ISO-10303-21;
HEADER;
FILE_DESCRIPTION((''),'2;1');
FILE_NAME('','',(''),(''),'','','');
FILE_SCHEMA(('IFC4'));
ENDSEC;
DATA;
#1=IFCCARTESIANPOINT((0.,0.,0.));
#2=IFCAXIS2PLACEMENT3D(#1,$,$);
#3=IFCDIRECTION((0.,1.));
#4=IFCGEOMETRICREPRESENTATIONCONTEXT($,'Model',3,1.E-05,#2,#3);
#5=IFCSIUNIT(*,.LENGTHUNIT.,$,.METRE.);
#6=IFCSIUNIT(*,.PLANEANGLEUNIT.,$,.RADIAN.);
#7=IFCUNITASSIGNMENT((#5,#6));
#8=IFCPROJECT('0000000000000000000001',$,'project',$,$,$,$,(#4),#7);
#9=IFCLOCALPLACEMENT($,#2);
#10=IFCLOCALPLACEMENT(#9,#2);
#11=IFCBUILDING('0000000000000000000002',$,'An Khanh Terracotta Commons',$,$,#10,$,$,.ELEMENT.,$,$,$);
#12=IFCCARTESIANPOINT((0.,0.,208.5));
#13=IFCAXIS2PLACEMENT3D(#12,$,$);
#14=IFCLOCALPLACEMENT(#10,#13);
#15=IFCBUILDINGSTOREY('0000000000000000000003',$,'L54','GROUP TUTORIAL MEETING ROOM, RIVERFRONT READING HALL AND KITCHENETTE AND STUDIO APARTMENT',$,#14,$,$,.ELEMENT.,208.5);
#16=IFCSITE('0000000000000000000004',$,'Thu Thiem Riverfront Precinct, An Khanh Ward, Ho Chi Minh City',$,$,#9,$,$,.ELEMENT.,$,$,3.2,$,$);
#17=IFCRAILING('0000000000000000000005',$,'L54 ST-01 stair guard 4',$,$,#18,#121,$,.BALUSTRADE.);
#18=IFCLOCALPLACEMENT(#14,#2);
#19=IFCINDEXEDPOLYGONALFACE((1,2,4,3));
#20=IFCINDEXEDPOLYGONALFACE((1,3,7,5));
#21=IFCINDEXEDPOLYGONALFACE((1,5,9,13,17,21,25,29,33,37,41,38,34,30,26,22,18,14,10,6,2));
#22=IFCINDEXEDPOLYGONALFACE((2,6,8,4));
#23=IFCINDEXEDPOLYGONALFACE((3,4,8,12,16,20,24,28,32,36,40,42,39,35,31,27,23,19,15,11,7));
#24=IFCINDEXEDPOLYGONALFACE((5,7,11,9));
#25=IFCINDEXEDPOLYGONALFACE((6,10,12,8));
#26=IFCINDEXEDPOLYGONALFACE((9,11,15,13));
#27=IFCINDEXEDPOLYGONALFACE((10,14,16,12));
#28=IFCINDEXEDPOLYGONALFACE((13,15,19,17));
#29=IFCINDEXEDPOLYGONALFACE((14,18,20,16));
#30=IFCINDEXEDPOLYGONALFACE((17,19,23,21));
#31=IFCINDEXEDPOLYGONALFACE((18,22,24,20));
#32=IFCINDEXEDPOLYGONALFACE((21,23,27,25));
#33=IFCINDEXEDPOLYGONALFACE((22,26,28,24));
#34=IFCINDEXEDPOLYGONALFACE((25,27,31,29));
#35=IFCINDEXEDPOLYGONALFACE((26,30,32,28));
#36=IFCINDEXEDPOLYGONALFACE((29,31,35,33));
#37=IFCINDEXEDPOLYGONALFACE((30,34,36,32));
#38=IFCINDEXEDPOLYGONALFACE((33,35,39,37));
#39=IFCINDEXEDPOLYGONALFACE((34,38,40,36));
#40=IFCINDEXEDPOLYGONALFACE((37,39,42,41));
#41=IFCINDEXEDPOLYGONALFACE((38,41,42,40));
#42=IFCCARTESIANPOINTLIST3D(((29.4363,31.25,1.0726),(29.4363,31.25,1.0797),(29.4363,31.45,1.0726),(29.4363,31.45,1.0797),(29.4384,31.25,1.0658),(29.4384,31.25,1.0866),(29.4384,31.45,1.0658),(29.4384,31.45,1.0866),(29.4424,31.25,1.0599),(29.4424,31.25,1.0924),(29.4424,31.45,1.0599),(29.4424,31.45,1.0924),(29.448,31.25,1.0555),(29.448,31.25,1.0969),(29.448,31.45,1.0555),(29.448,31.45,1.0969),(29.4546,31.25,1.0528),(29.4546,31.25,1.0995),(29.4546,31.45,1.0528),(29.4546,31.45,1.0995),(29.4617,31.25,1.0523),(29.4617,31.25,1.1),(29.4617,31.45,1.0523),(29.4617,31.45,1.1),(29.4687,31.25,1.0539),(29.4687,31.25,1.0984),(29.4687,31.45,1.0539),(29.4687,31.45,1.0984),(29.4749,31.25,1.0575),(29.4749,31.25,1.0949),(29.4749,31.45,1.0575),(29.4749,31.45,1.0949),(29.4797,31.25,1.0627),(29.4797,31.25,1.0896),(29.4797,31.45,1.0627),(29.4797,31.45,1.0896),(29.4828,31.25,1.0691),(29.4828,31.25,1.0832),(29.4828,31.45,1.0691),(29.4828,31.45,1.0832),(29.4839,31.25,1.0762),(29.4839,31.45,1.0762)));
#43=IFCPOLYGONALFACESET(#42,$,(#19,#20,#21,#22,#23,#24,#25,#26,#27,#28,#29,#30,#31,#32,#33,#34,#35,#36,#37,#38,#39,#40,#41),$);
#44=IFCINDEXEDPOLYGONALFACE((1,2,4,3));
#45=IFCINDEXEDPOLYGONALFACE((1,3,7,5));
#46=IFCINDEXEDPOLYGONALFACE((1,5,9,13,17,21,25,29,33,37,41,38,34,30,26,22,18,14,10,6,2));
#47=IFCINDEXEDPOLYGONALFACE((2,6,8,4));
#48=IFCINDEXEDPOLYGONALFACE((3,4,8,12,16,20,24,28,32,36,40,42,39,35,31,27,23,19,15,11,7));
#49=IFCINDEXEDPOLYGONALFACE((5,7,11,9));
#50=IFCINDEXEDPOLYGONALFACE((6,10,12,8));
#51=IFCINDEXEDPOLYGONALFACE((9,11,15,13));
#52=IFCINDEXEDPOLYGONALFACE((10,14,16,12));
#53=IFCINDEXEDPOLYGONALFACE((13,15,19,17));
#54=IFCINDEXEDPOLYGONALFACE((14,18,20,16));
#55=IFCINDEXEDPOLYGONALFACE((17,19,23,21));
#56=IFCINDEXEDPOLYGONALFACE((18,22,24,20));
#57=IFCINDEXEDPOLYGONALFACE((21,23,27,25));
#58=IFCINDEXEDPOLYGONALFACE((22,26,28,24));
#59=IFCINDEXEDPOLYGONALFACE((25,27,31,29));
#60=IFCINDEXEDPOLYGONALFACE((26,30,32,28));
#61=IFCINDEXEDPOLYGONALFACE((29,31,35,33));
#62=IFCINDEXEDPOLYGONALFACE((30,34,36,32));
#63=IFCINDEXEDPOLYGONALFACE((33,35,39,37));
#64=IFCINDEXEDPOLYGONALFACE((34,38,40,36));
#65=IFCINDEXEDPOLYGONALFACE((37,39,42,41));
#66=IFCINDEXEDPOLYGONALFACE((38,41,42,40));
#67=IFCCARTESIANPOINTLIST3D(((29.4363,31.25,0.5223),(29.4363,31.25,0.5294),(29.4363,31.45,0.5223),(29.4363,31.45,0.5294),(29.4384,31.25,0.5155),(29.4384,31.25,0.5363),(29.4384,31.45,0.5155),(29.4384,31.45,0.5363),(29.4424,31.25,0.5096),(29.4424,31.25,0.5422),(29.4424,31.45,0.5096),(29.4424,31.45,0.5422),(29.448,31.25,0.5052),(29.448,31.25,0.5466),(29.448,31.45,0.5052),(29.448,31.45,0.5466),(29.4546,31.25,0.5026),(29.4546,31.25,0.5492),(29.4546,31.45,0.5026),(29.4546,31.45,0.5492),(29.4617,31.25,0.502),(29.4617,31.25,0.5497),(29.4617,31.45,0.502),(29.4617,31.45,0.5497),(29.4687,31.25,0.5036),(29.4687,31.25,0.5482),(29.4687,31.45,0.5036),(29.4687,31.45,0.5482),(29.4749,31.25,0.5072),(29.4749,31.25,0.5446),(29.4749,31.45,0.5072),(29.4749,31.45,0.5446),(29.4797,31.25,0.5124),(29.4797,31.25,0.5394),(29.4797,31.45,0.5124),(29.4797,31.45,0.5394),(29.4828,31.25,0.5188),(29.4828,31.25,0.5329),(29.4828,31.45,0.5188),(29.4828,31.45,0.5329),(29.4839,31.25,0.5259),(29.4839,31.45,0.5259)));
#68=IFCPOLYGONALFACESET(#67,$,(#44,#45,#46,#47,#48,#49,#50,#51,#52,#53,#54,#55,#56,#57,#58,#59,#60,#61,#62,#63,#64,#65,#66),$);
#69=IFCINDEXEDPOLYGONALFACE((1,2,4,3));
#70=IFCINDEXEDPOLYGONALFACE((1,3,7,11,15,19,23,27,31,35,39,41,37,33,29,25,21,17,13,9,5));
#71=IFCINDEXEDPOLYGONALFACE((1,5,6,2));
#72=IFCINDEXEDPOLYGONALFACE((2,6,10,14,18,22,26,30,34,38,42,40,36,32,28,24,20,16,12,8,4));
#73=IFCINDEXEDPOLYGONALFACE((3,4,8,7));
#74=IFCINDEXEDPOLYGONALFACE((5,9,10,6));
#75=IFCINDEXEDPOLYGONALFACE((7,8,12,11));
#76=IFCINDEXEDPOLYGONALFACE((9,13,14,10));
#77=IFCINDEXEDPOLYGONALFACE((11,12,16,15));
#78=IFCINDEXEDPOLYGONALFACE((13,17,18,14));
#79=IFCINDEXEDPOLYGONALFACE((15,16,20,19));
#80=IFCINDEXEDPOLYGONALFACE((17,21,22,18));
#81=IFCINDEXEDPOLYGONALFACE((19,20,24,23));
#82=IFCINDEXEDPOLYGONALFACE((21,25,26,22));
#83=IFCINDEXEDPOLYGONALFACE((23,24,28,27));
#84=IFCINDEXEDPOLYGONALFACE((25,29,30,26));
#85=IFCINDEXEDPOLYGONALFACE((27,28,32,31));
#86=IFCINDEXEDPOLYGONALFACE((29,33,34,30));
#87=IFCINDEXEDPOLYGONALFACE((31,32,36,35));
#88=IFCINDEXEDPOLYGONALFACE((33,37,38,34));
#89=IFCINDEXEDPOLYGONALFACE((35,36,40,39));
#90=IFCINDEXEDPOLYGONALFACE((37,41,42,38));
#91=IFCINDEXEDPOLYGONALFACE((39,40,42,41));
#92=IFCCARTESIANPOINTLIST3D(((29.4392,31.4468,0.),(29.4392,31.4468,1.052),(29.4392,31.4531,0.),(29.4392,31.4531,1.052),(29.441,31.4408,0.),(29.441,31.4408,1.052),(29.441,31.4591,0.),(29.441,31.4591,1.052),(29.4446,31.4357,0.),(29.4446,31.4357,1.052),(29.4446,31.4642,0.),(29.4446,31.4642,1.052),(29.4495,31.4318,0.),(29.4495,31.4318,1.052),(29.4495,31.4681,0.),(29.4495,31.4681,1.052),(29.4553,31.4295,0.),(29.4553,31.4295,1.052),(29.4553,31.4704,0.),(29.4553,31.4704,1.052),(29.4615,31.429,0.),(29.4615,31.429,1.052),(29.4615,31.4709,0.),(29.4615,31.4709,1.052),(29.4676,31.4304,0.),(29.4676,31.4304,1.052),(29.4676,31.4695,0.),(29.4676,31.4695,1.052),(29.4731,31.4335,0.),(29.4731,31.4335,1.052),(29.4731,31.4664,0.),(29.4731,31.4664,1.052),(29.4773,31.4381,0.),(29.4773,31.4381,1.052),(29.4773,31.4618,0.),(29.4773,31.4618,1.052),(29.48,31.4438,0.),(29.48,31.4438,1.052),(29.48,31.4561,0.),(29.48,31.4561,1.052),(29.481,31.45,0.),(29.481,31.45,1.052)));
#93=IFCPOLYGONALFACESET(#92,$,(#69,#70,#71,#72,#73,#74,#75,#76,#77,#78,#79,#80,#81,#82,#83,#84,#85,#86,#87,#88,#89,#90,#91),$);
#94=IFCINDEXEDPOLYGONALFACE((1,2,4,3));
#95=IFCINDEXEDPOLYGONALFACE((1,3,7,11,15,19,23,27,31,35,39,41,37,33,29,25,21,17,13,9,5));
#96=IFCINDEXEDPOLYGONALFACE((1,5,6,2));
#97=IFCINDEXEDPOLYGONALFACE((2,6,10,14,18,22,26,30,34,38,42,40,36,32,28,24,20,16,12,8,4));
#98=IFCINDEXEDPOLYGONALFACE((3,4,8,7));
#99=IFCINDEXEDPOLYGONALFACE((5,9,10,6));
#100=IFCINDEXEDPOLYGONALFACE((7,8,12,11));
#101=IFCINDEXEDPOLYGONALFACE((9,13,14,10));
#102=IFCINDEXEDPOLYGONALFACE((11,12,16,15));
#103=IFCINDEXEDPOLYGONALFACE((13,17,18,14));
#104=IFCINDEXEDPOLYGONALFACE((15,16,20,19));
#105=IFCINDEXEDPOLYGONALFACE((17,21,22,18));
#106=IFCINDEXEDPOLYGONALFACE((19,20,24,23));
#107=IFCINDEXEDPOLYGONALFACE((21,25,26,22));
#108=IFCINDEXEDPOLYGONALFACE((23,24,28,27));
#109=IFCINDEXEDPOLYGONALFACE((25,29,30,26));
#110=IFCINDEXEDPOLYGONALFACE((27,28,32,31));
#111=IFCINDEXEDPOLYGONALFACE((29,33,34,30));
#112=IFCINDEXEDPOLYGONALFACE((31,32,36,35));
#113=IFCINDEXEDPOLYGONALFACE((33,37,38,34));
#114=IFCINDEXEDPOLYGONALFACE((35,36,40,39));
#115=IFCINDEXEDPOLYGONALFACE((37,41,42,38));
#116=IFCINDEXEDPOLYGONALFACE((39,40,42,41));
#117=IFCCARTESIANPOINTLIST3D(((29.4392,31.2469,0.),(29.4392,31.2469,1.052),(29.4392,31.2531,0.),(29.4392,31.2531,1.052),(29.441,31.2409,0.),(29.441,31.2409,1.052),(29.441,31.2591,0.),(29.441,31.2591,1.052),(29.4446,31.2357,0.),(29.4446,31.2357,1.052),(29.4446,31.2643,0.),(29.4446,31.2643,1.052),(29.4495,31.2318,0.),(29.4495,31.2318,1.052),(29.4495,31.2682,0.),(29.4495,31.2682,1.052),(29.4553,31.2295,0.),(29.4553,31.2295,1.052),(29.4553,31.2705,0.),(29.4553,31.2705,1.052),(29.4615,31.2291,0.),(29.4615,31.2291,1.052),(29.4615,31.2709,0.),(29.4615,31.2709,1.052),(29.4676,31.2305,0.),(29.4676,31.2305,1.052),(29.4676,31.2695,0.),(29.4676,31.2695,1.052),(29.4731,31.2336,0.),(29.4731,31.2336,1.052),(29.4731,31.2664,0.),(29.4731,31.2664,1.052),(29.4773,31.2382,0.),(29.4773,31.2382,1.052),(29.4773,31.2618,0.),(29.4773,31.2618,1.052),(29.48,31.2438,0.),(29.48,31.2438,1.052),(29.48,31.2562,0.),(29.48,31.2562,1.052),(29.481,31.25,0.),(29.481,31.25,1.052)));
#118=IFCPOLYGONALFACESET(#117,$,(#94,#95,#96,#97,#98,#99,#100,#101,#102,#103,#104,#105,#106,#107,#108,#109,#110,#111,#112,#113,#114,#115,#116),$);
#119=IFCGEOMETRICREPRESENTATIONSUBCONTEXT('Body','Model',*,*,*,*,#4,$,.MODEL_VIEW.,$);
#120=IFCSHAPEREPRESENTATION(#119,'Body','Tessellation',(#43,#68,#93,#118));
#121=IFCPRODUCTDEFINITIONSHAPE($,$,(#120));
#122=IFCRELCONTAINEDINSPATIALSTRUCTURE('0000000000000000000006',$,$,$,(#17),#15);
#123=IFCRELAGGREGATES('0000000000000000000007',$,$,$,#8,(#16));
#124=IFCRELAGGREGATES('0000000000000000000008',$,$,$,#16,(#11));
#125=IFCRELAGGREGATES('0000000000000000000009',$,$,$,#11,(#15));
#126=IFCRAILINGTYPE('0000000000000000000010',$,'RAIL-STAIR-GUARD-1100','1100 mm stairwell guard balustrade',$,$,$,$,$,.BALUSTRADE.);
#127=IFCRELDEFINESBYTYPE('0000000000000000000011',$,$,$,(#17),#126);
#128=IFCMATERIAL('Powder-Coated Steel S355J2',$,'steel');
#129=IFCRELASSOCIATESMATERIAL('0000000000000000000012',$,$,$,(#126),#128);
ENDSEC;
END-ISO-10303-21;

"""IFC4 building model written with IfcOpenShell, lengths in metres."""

from ifc_helpers import new_model, si_unit, direction, frame, origin, origin_2d, place, context, subcontext, project, spatial, circle, extrude, material, type_object, element, save


model = new_model("IFC4")

# Units and contexts
model_context = context("Model", 3, precision=1e-05, world=origin(), true_north=direction((0.0, 1.0)))
body_context = subcontext(model_context, "Body", "Model", "MODEL_VIEW")
ifc_project = project(units=[si_unit("LENGTHUNIT", "METRE"), si_unit("PLANEANGLEUNIT", "RADIAN")], contexts=[model_context])

# Site, building, storey
site_placement = place(None, origin())
site = spatial("IfcSite", under=ifc_project, at=site_placement, Name="Thu Thiem Riverfront Precinct, An Khanh Ward, Ho Chi Minh City", CompositionType="ELEMENT", RefElevation=3.2)
building_placement = place(site_placement, origin())
building = spatial("IfcBuilding", under=site, at=building_placement, Name="An Khanh Terracotta Commons", CompositionType="ELEMENT")
storey_placement = place(building_placement, frame((0.0, 0.0, 208.5)))
storey = spatial("IfcBuildingStorey", under=building, at=storey_placement, Name="L54", Description="GROUP TUTORIAL MEETING ROOM, RIVERFRONT READING HALL AND KITCHENETTE AND STUDIO APARTMENT", CompositionType="ELEMENT", Elevation=208.5)

# Railing
ifc_material_1 = material(Name="Powder-Coated Steel S355J2", Category="steel")
railing_type_1 = type_object("IfcRailingType", Name="RAIL-STAIR-GUARD-1100", Description="1100 mm stairwell guard balustrade", PredefinedType="BALUSTRADE", material=ifc_material_1)
railing_1_placement = place(storey_placement, frame((29.46, 31.45, 0.0)))
element("IfcRailing", 1, at=railing_1_placement, inside=storey, type_object=railing_type_1, Name="L54 ST-01 stair guard 4", PredefinedType="BALUSTRADE", context=body_context, shape_type="SweptSolid", body=[
    extrude(circle(Radius=0.0239, at=origin_2d()), frame((0.0, 0.0, 1.0762), z_axis=(0.0, -1.0, 0.0), x_axis=(1.0, 0.0, 0.0)), (0.0, 0.0, 1.0), 0.2),
    extrude(circle(Radius=0.0239, at=origin_2d()), frame((0.0, 0.0, 0.5259), z_axis=(0.0, -1.0, 0.0), x_axis=(1.0, 0.0, 0.0)), (0.0, 0.0, 1.0), 0.2),
    extrude(circle(Radius=0.021, at=origin_2d()), origin(), (0.0, 0.0, 1.0), 1.052),
    extrude(circle(Radius=0.021, at=origin_2d()), frame((0.0, -0.2, 0.0)), (0.0, 0.0, 1.0), 1.052),
])

save(model, "model.ifc")
